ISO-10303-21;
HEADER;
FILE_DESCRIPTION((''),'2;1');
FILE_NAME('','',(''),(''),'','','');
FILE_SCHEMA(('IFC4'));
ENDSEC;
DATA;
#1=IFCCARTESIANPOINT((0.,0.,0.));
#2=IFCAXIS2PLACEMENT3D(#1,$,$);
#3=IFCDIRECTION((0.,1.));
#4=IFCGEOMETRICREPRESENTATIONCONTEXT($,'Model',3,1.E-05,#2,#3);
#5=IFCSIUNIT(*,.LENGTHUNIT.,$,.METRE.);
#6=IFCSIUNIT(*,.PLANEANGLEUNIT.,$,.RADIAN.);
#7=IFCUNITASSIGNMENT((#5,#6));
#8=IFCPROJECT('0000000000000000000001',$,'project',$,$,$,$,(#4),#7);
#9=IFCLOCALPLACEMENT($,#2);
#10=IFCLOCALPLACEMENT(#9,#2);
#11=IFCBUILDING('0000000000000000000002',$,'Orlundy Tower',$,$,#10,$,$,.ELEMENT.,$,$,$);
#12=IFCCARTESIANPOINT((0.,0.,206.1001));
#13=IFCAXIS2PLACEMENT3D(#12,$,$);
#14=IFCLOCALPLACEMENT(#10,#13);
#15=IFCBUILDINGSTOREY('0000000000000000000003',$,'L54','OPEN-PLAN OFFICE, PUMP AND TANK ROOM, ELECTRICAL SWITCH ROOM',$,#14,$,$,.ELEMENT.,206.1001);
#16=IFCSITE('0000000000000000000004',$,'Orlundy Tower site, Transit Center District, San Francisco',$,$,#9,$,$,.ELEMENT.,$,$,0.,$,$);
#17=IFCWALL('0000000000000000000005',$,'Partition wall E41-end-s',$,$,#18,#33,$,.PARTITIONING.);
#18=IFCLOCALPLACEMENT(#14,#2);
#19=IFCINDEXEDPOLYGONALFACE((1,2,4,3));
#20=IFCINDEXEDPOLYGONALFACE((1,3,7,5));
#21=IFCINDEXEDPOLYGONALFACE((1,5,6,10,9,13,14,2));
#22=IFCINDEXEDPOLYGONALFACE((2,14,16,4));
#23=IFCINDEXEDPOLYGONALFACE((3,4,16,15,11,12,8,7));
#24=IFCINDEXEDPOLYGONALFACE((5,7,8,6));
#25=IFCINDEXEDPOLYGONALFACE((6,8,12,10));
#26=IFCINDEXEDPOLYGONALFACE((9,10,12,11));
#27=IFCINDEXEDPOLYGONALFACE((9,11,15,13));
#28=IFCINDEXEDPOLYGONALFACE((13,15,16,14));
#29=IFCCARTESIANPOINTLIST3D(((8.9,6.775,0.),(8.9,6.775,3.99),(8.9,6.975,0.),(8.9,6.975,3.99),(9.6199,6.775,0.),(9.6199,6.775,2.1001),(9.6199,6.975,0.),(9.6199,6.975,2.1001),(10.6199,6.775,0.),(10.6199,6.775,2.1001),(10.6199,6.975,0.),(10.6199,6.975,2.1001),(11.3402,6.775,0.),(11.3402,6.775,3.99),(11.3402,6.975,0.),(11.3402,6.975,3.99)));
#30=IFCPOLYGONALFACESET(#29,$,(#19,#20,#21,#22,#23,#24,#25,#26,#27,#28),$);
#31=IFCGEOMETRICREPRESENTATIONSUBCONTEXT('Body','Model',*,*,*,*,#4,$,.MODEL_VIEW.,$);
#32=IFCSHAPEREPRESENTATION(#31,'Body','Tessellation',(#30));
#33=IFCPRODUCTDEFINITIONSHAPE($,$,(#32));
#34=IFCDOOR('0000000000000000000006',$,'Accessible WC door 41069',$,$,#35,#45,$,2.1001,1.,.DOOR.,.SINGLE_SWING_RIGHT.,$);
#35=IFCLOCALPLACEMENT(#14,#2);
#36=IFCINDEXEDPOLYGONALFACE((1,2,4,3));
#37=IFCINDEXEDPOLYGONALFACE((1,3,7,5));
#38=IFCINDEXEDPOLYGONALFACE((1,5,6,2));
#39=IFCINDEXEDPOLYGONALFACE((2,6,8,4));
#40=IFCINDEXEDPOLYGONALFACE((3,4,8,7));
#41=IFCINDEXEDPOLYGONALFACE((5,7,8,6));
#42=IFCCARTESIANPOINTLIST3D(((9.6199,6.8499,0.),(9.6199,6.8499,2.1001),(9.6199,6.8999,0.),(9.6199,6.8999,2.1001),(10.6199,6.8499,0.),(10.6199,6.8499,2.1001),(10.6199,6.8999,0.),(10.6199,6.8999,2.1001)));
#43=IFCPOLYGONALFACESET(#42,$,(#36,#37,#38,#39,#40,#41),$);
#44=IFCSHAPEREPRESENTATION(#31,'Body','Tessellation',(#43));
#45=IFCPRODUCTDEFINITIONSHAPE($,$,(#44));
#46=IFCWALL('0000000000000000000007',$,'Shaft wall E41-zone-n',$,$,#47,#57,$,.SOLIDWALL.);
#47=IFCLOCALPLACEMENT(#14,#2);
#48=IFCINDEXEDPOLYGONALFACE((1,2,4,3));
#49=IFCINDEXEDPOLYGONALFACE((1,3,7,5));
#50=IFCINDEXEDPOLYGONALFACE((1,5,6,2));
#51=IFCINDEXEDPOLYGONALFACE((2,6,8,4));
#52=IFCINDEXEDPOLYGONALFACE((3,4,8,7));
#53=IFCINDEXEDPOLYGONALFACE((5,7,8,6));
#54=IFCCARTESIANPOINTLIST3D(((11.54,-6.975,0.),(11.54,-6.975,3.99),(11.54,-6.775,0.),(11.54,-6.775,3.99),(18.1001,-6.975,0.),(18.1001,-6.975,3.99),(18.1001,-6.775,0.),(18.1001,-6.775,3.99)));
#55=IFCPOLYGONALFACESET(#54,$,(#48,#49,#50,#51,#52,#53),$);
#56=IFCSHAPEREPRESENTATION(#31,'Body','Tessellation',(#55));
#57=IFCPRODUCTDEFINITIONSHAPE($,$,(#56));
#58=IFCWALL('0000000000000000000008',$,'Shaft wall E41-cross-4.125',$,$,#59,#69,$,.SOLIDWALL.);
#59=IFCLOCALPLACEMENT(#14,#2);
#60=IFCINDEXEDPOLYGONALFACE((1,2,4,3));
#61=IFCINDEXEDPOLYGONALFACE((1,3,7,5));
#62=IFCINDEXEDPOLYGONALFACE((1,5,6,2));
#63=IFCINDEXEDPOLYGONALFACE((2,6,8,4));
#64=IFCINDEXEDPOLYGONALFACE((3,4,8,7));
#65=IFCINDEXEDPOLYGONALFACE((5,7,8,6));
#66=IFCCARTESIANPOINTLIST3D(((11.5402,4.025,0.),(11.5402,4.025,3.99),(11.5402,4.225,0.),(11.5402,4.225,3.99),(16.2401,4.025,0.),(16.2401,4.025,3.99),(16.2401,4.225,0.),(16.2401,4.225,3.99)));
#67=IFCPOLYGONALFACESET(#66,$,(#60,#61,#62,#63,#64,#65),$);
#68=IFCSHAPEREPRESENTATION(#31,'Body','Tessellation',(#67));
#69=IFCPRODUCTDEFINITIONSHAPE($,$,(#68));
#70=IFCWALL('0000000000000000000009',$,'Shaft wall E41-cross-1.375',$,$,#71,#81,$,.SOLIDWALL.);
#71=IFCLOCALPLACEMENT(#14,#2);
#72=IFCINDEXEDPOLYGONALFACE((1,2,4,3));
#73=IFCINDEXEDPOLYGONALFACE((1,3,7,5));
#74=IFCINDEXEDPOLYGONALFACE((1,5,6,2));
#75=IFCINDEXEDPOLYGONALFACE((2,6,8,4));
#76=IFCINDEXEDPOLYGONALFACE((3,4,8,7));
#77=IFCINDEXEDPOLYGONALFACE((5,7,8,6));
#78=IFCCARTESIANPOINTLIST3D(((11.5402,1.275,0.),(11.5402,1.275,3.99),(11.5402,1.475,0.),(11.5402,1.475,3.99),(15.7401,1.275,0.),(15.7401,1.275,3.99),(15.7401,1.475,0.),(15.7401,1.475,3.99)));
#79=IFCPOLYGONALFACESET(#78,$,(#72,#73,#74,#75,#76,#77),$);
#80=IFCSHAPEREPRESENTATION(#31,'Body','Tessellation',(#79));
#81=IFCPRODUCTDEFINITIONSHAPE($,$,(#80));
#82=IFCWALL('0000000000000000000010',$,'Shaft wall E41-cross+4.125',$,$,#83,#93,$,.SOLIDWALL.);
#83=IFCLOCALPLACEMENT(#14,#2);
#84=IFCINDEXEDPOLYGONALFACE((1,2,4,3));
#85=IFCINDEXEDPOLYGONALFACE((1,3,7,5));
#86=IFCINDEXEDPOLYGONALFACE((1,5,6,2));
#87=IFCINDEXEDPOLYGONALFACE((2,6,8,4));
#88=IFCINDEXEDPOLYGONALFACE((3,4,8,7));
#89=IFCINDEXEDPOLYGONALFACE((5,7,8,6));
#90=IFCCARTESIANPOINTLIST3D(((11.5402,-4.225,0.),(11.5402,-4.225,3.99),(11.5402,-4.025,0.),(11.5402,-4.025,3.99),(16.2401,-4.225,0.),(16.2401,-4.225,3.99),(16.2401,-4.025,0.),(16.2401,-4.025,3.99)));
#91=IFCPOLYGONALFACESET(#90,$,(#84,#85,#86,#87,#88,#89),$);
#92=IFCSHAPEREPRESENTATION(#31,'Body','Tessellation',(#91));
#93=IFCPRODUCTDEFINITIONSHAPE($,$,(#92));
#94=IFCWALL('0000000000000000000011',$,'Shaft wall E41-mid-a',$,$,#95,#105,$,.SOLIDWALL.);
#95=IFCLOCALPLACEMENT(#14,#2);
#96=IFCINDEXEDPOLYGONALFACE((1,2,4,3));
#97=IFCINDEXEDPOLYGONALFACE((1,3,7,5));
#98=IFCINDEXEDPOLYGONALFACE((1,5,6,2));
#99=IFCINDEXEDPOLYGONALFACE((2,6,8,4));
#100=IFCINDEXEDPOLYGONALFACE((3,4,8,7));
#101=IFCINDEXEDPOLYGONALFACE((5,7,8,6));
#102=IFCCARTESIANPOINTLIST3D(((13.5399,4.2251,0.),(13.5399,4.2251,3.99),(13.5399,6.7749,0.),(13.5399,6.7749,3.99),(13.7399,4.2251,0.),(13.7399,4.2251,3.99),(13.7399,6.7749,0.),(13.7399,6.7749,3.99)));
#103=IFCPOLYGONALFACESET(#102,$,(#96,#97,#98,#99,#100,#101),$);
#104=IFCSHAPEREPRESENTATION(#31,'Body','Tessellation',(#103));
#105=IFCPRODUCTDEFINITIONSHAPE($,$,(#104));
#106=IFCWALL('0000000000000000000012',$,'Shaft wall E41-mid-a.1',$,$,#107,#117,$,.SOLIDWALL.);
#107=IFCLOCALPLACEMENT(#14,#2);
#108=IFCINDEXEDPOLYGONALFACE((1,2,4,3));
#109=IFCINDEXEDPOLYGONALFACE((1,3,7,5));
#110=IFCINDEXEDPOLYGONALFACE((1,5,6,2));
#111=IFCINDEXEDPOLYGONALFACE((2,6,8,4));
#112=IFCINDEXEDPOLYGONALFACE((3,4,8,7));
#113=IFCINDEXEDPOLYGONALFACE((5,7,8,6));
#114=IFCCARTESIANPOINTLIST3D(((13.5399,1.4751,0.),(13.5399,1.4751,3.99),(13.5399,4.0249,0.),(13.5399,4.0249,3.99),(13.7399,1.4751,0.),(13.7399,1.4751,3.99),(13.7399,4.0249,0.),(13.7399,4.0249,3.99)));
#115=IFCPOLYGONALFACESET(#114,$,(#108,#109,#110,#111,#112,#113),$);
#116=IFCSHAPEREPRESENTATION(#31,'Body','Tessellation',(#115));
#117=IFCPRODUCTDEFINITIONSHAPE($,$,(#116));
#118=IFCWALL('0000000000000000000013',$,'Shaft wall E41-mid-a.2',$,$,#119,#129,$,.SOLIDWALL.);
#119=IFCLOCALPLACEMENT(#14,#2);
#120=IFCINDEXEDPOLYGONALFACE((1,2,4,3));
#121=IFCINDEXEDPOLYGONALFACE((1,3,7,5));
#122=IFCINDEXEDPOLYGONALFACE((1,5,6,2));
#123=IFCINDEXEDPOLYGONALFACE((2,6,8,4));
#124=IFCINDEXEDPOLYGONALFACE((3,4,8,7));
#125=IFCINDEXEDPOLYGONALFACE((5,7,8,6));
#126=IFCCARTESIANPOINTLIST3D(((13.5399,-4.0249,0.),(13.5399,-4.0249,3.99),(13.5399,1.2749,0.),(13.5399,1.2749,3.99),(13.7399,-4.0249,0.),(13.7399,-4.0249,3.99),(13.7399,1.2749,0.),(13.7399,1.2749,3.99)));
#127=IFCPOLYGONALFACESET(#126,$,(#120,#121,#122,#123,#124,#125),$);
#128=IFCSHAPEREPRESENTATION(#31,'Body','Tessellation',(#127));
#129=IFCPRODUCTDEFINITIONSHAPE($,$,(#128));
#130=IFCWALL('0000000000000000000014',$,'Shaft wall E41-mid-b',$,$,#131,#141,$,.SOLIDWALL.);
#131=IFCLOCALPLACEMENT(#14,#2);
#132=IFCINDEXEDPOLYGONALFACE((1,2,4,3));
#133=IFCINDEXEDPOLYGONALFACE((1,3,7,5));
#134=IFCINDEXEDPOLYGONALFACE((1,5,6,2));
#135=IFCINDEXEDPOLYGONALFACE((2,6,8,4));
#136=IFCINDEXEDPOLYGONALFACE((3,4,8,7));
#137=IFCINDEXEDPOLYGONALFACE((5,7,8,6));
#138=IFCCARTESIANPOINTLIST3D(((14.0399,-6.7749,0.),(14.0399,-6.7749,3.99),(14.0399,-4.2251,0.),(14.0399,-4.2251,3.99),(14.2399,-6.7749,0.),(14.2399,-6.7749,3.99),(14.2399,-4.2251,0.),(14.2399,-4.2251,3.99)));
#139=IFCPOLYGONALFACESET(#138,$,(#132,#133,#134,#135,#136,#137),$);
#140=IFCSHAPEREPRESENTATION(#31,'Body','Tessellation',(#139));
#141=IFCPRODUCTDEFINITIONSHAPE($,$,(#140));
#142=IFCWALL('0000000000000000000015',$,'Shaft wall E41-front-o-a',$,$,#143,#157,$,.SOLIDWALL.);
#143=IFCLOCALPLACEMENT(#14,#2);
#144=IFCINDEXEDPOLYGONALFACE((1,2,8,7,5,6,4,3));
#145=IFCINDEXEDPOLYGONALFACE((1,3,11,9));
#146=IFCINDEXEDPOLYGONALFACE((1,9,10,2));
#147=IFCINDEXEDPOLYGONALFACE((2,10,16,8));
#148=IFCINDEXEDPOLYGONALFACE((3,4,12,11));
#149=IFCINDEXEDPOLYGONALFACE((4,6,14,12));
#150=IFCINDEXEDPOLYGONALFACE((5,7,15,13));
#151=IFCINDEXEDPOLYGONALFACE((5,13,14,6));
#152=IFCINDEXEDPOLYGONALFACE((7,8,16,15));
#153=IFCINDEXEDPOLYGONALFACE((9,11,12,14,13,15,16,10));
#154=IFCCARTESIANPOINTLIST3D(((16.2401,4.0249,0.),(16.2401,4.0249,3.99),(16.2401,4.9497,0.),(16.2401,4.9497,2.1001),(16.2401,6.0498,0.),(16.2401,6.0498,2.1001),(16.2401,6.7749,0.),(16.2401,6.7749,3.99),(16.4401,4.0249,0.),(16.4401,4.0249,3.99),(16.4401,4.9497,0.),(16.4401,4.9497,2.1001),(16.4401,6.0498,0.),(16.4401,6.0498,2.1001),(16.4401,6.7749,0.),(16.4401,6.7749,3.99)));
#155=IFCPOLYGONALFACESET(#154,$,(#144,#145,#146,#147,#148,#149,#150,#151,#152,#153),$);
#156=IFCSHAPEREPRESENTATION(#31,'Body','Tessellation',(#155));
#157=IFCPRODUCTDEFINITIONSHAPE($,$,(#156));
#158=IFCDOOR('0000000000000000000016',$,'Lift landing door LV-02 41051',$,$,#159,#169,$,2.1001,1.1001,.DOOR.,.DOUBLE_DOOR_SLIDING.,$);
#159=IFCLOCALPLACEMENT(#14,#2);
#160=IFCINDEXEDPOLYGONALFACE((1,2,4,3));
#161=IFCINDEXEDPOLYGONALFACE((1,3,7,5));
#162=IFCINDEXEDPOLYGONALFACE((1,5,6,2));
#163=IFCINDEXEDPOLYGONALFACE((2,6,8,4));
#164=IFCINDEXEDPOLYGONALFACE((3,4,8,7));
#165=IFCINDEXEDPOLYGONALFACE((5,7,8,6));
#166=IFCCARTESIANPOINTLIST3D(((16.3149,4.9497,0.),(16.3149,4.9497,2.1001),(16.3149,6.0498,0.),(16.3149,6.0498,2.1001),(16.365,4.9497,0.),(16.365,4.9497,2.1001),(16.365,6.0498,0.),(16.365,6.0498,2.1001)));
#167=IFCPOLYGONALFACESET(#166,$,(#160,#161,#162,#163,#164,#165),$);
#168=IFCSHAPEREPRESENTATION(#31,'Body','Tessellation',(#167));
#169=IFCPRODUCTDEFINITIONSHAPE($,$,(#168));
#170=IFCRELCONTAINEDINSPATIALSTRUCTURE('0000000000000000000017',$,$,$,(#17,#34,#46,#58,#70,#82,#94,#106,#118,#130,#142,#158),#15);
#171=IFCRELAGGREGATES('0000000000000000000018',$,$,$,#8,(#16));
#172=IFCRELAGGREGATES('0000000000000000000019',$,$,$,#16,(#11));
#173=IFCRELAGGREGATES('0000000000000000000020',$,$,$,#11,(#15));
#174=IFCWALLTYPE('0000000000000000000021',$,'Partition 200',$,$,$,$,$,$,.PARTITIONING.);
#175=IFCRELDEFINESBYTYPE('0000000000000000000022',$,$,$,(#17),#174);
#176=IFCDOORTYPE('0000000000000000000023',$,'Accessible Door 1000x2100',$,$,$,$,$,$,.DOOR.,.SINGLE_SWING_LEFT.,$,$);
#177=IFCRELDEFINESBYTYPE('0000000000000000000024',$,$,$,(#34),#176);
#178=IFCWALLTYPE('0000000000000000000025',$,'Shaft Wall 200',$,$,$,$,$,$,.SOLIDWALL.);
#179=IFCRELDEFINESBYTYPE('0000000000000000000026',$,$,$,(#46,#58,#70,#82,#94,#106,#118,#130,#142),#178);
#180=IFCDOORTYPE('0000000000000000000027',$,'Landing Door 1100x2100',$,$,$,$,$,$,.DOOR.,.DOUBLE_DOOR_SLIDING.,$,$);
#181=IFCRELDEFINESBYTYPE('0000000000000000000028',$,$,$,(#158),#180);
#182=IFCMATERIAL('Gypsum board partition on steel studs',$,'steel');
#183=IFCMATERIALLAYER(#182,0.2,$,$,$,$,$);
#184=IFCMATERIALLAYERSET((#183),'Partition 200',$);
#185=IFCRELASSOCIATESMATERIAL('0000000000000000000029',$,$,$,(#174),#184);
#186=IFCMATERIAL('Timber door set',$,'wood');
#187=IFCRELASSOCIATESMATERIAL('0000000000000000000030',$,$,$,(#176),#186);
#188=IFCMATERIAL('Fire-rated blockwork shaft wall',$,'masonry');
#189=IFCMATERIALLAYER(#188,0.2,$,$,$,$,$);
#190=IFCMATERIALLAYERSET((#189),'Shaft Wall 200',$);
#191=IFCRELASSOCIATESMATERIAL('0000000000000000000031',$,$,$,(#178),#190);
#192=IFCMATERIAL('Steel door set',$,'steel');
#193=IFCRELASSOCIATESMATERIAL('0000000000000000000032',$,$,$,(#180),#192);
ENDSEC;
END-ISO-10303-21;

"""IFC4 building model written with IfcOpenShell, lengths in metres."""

from ifc_helpers import new_model, si_unit, direction, frame, frame_2d, origin, place, context, subcontext, project, spatial, rectangle, extrude, material, layer, layer_set, type_object, element, fill, save


model = new_model("IFC4")

# Units and contexts
model_context = context("Model", 3, precision=1e-05, world=origin(), true_north=direction((0.0, 1.0)))
body_context = subcontext(model_context, "Body", "Model", "MODEL_VIEW")
ifc_project = project(units=[si_unit("LENGTHUNIT", "METRE"), si_unit("PLANEANGLEUNIT", "RADIAN")], contexts=[model_context])

# Site, building, storey
site_placement = place(None, origin())
site = spatial("IfcSite", under=ifc_project, at=site_placement, Name="Orlundy Tower site, Transit Center District, San Francisco", CompositionType="ELEMENT", RefElevation=0.0)
building_placement = place(site_placement, origin())
building = spatial("IfcBuilding", under=site, at=building_placement, Name="Orlundy Tower", CompositionType="ELEMENT")
storey_placement = place(building_placement, frame((0.0, 0.0, 206.1001)))
storey = spatial("IfcBuildingStorey", under=building, at=storey_placement, Name="L54", Description="OPEN-PLAN OFFICE, PUMP AND TANK ROOM, ELECTRICAL SWITCH ROOM", CompositionType="ELEMENT", Elevation=206.1001)

# Shared definitions
ifc_material_1 = material(Name="Gypsum board partition on steel studs", Category="steel")
ifc_layer_1 = layer(ifc_material_1, 0.2)
ifc_layer_set_1 = layer_set([ifc_layer_1], Name="Partition 200")
wall_type_1 = type_object("IfcWallType", Name="Partition 200", PredefinedType="PARTITIONING", material=ifc_layer_set_1)

# Wall, opening, door
wall_1_placement = place(storey_placement, frame((8.8999, 6.875, 0.0), z_axis=(0.0, 0.0, 1.0), x_axis=(1.0, 0.0, 0.0)))
wall_1 = element("IfcWall", 1, at=wall_1_placement, inside=storey, type_object=wall_type_1, Name="Partition wall E41-end-s", PredefinedType="PARTITIONING", context=body_context, shape_type="SweptSolid", body=[
    extrude(rectangle(XDim=2.4402, YDim=0.2, at=frame_2d((1.2202, 0.0))), origin(), (0.0, 0.0, 1.0), 3.99),
])
opening_1_placement = place(wall_1_placement, frame((0.72, 0.0, 0.0)))
opening_1 = element("IfcOpeningElement", 2, at=opening_1_placement, cuts=wall_1, PredefinedType="OPENING", context=body_context, shape_type="SweptSolid", body=[
    extrude(rectangle(XDim=1.0, YDim=2.1001, at=frame_2d((0.5, 1.05))), frame((0.0, 0.1101, 0.0), z_axis=(0.0, -1.0, 0.0), x_axis=(1.0, 0.0, 0.0)), (0.0, 0.0, 1.0), 0.2202),
])
ifc_material_2 = material(Name="Timber door set", Category="wood")
door_type_1 = type_object("IfcDoorType", Name="Accessible Door 1000x2100", OperationType="SINGLE_SWING_LEFT", PredefinedType="DOOR", material=ifc_material_2)
door_1_placement = place(opening_1_placement, origin())
door_1 = element("IfcDoor", 3, at=door_1_placement, inside=storey, type_object=door_type_1, Name="Accessible WC door 41069", OperationType="SINGLE_SWING_RIGHT", OverallHeight=2.1001, OverallWidth=1.0, PredefinedType="DOOR", context=body_context, shape_type="SweptSolid", body=[
    extrude(rectangle(XDim=1.0, YDim=2.1001, at=frame_2d((0.5, 1.05))), frame((0.0, 0.0249, 0.0), z_axis=(0.0, -1.0, 0.0), x_axis=(1.0, 0.0, 0.0)), (0.0, 0.0, 1.0), 0.05),
])
fill(opening_1, door_1)

# Walls
ifc_material_3 = material(Name="Fire-rated blockwork shaft wall", Category="masonry")
ifc_layer_2 = layer(ifc_material_3, 0.2)
ifc_layer_set_2 = layer_set([ifc_layer_2], Name="Shaft Wall 200")
wall_type_2 = type_object("IfcWallType", Name="Shaft Wall 200", PredefinedType="SOLIDWALL", material=ifc_layer_set_2)
wall_2_placement = place(storey_placement, frame((11.54, -6.875, 0.0), z_axis=(0.0, 0.0, 1.0), x_axis=(1.0, 0.0, 0.0)))
element("IfcWall", 4, at=wall_2_placement, inside=storey, type_object=wall_type_2, Name="Shaft wall E41-zone-n", PredefinedType="SOLIDWALL", context=body_context, shape_type="SweptSolid", body=[
    extrude(rectangle(XDim=6.5601, YDim=0.2, at=frame_2d((3.28, 0.0))), origin(), (0.0, 0.0, 1.0), 3.99),
])
wall_3_placement = place(storey_placement, frame((11.54, 4.125, 0.0), z_axis=(0.0, 0.0, 1.0), x_axis=(1.0, 0.0, 0.0)))
element("IfcWall", 5, at=wall_3_placement, inside=storey, type_object=wall_type_2, Name="Shaft wall E41-cross-4.125", PredefinedType="SOLIDWALL", context=body_context, shape_type="SweptSolid", body=[
    extrude(rectangle(XDim=4.7, YDim=0.2, at=frame_2d((2.3501, 0.0))), origin(), (0.0, 0.0, 1.0), 3.99),
])
wall_4_placement = place(storey_placement, frame((11.54, 1.375, 0.0), z_axis=(0.0, 0.0, 1.0), x_axis=(1.0, 0.0, 0.0)))
element("IfcWall", 6, at=wall_4_placement, inside=storey, type_object=wall_type_2, Name="Shaft wall E41-cross-1.375", PredefinedType="SOLIDWALL", context=body_context, shape_type="SweptSolid", body=[
    extrude(rectangle(XDim=4.2, YDim=0.2, at=frame_2d((2.1001, 0.0))), origin(), (0.0, 0.0, 1.0), 3.99),
])
wall_5_placement = place(storey_placement, frame((11.54, -4.125, 0.0), z_axis=(0.0, 0.0, 1.0), x_axis=(1.0, 0.0, 0.0)))
element("IfcWall", 7, at=wall_5_placement, inside=storey, type_object=wall_type_2, Name="Shaft wall E41-cross+4.125", PredefinedType="SOLIDWALL", context=body_context, shape_type="SweptSolid", body=[
    extrude(rectangle(XDim=4.7, YDim=0.2, at=frame_2d((2.3501, 0.0))), origin(), (0.0, 0.0, 1.0), 3.99),
])
for number, where, z_axis, x_axis, name in (
    (8, (13.6399, 6.7749, 0.0), (0.0, 0.0, 1.0), (0.0, -1.0, 0.0), "Shaft wall E41-mid-a"),
    (9, (13.6399, 4.0249, 0.0), (0.0, 0.0, 1.0), (0.0, -1.0, 0.0), "Shaft wall E41-mid-a.1"),
):
    element("IfcWall", number, at=place(storey_placement, frame(where, z_axis=z_axis, x_axis=x_axis)), inside=storey, type_object=wall_type_2, Name=name, PredefinedType="SOLIDWALL", context=body_context, shape_type="SweptSolid", body=[
        extrude(rectangle(XDim=2.5498, YDim=0.2, at=frame_2d((1.2749, 0.0))), origin(), (0.0, 0.0, 1.0), 3.99),
    ])
wall_6_placement = place(storey_placement, frame((13.6399, 1.2749, 0.0), z_axis=(0.0, 0.0, 1.0), x_axis=(0.0, -1.0, 0.0)))
element("IfcWall", 10, at=wall_6_placement, inside=storey, type_object=wall_type_2, Name="Shaft wall E41-mid-a.2", PredefinedType="SOLIDWALL", context=body_context, shape_type="SweptSolid", body=[
    extrude(rectangle(XDim=5.2998, YDim=0.2, at=frame_2d((2.6499, 0.0))), origin(), (0.0, 0.0, 1.0), 3.99),
])
wall_7_placement = place(storey_placement, frame((14.1399, -4.2251, 0.0), z_axis=(0.0, 0.0, 1.0), x_axis=(0.0, -1.0, 0.0)))
element("IfcWall", 11, at=wall_7_placement, inside=storey, type_object=wall_type_2, Name="Shaft wall E41-mid-b", PredefinedType="SOLIDWALL", context=body_context, shape_type="SweptSolid", body=[
    extrude(rectangle(XDim=2.5498, YDim=0.2, at=frame_2d((1.2749, 0.0))), origin(), (0.0, 0.0, 1.0), 3.99),
])

# Wall, opening, door
wall_8_placement = place(storey_placement, frame((16.3401, 6.7749, 0.0), z_axis=(0.0, 0.0, 1.0), x_axis=(0.0, -1.0, 0.0)))
wall_8 = element("IfcWall", 12, at=wall_8_placement, inside=storey, type_object=wall_type_2, Name="Shaft wall E41-front-o-a", PredefinedType="SOLIDWALL", context=body_context, shape_type="SweptSolid", body=[
    extrude(rectangle(XDim=2.75, YDim=0.2, at=frame_2d((1.375, 0.0))), origin(), (0.0, 0.0, 1.0), 3.99),
])
opening_2_placement = place(wall_8_placement, frame((0.7251, 0.0, 0.0)))
opening_2 = element("IfcOpeningElement", 13, at=opening_2_placement, cuts=wall_8, PredefinedType="OPENING", context=body_context, shape_type="SweptSolid", body=[
    extrude(rectangle(XDim=1.1001, YDim=2.1001, at=frame_2d((0.55, 1.05))), frame((0.0, 0.1101, 0.0), z_axis=(0.0, -1.0, 0.0), x_axis=(1.0, 0.0, 0.0)), (0.0, 0.0, 1.0), 0.2202),
])
ifc_material_4 = material(Name="Steel door set", Category="steel")
door_type_2 = type_object("IfcDoorType", Name="Landing Door 1100x2100", OperationType="DOUBLE_DOOR_SLIDING", PredefinedType="DOOR", material=ifc_material_4)
door_2_placement = place(opening_2_placement, origin())
door_2 = element("IfcDoor", 14, at=door_2_placement, inside=storey, type_object=door_type_2, Name="Lift landing door LV-02 41051", OperationType="DOUBLE_DOOR_SLIDING", OverallHeight=2.1001, OverallWidth=1.1001, PredefinedType="DOOR", context=body_context, shape_type="SweptSolid", body=[
    extrude(rectangle(XDim=1.1001, YDim=2.1001, at=frame_2d((0.55, 1.05))), frame((0.0, 0.0249, 0.0), z_axis=(0.0, -1.0, 0.0), x_axis=(1.0, 0.0, 0.0)), (0.0, 0.0, 1.0), 0.05),
])
fill(opening_2, door_2)

save(model, "model.ifc")
